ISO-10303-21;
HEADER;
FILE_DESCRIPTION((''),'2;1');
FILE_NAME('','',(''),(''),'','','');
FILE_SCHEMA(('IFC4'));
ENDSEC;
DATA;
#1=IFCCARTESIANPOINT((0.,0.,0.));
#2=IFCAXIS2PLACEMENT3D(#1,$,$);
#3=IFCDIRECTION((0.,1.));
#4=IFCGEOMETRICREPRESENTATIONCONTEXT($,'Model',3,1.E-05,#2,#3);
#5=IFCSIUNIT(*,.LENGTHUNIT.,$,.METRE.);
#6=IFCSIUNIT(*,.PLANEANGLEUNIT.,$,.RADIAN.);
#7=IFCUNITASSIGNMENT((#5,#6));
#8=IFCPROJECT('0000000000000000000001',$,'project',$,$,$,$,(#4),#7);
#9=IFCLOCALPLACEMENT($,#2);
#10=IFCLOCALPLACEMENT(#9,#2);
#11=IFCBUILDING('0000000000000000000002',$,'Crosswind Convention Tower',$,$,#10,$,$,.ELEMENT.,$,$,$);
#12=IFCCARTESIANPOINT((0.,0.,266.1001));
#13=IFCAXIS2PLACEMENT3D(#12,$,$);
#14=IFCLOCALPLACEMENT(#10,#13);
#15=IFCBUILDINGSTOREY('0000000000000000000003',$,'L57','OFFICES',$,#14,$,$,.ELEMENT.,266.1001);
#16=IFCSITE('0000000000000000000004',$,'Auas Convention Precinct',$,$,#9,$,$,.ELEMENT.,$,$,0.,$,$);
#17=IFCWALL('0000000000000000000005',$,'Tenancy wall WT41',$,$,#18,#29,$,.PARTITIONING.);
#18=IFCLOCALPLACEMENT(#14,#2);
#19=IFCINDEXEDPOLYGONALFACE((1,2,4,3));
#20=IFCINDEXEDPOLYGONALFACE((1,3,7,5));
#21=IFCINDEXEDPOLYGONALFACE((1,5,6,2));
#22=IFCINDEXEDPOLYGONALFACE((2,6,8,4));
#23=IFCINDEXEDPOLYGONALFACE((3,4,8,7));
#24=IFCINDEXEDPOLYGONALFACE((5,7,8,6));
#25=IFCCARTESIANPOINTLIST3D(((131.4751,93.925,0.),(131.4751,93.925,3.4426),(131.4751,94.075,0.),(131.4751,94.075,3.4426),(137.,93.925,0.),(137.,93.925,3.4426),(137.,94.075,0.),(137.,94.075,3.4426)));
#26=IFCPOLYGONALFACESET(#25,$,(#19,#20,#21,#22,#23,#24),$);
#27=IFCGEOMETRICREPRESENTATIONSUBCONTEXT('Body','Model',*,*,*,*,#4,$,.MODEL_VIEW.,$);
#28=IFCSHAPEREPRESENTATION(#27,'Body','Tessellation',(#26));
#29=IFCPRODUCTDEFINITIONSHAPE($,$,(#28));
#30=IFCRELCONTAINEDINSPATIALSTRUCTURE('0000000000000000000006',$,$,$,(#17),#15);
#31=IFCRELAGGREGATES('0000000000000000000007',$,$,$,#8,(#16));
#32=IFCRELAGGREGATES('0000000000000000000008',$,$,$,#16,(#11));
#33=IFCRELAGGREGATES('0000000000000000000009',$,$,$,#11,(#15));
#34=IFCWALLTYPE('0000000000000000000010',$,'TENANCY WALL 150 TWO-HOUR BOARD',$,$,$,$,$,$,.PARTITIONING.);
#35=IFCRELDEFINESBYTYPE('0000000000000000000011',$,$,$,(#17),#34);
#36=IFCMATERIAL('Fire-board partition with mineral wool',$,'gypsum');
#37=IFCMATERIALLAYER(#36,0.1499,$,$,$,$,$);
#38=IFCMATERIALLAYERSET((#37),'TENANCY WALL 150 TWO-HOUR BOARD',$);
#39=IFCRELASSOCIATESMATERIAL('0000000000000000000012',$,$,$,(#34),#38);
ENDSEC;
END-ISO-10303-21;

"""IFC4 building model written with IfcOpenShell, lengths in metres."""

from ifc_helpers import new_model, si_unit, direction, frame, frame_2d, origin, place, context, subcontext, project, spatial, rectangle, extrude, material, layer, layer_set, type_object, element, save


model = new_model("IFC4")

# Units and contexts
model_context = context("Model", 3, precision=1e-05, world=origin(), true_north=direction((0.0, 1.0)))
body_context = subcontext(model_context, "Body", "Model", "MODEL_VIEW")
ifc_project = project(units=[si_unit("LENGTHUNIT", "METRE"), si_unit("PLANEANGLEUNIT", "RADIAN")], contexts=[model_context])

# Site, building, storey
site_placement = place(None, origin())
site = spatial("IfcSite", under=ifc_project, at=site_placement, Name="Auas Convention Precinct", CompositionType="ELEMENT", RefElevation=0.0)
building_placement = place(site_placement, origin())
building = spatial("IfcBuilding", under=site, at=building_placement, Name="Crosswind Convention Tower", CompositionType="ELEMENT")
storey_placement = place(building_placement, frame((0.0, 0.0, 266.1001)))
storey = spatial("IfcBuildingStorey", under=building, at=storey_placement, Name="L57", Description="OFFICES", CompositionType="ELEMENT", Elevation=266.1001)

# Shared definitions
ifc_material_1 = material(Name="Fire-board partition with mineral wool", Category="gypsum")
ifc_layer_1 = layer(ifc_material_1, 0.1499)
ifc_layer_set_1 = layer_set([ifc_layer_1], Name="TENANCY WALL 150 TWO-HOUR BOARD")
wall_type_1 = type_object("IfcWallType", Name="TENANCY WALL 150 TWO-HOUR BOARD", PredefinedType="PARTITIONING", material=ifc_layer_set_1)

# Wall
wall_1_placement = place(storey_placement, frame((131.4751, 94.0, 0.0), z_axis=(0.0, 0.0, 1.0), x_axis=(1.0, 0.0, 0.0)))
element("IfcWall", 1, at=wall_1_placement, inside=storey, type_object=wall_type_1, Name="Tenancy wall WT41", PredefinedType="PARTITIONING", context=body_context, shape_type="SweptSolid", body=[
    extrude(rectangle(XDim=5.5249, YDim=0.1499, at=frame_2d((2.7625, 0.0))), origin(), (0.0, 0.0, 1.0), 3.4426),
])

save(model, "model.ifc")
